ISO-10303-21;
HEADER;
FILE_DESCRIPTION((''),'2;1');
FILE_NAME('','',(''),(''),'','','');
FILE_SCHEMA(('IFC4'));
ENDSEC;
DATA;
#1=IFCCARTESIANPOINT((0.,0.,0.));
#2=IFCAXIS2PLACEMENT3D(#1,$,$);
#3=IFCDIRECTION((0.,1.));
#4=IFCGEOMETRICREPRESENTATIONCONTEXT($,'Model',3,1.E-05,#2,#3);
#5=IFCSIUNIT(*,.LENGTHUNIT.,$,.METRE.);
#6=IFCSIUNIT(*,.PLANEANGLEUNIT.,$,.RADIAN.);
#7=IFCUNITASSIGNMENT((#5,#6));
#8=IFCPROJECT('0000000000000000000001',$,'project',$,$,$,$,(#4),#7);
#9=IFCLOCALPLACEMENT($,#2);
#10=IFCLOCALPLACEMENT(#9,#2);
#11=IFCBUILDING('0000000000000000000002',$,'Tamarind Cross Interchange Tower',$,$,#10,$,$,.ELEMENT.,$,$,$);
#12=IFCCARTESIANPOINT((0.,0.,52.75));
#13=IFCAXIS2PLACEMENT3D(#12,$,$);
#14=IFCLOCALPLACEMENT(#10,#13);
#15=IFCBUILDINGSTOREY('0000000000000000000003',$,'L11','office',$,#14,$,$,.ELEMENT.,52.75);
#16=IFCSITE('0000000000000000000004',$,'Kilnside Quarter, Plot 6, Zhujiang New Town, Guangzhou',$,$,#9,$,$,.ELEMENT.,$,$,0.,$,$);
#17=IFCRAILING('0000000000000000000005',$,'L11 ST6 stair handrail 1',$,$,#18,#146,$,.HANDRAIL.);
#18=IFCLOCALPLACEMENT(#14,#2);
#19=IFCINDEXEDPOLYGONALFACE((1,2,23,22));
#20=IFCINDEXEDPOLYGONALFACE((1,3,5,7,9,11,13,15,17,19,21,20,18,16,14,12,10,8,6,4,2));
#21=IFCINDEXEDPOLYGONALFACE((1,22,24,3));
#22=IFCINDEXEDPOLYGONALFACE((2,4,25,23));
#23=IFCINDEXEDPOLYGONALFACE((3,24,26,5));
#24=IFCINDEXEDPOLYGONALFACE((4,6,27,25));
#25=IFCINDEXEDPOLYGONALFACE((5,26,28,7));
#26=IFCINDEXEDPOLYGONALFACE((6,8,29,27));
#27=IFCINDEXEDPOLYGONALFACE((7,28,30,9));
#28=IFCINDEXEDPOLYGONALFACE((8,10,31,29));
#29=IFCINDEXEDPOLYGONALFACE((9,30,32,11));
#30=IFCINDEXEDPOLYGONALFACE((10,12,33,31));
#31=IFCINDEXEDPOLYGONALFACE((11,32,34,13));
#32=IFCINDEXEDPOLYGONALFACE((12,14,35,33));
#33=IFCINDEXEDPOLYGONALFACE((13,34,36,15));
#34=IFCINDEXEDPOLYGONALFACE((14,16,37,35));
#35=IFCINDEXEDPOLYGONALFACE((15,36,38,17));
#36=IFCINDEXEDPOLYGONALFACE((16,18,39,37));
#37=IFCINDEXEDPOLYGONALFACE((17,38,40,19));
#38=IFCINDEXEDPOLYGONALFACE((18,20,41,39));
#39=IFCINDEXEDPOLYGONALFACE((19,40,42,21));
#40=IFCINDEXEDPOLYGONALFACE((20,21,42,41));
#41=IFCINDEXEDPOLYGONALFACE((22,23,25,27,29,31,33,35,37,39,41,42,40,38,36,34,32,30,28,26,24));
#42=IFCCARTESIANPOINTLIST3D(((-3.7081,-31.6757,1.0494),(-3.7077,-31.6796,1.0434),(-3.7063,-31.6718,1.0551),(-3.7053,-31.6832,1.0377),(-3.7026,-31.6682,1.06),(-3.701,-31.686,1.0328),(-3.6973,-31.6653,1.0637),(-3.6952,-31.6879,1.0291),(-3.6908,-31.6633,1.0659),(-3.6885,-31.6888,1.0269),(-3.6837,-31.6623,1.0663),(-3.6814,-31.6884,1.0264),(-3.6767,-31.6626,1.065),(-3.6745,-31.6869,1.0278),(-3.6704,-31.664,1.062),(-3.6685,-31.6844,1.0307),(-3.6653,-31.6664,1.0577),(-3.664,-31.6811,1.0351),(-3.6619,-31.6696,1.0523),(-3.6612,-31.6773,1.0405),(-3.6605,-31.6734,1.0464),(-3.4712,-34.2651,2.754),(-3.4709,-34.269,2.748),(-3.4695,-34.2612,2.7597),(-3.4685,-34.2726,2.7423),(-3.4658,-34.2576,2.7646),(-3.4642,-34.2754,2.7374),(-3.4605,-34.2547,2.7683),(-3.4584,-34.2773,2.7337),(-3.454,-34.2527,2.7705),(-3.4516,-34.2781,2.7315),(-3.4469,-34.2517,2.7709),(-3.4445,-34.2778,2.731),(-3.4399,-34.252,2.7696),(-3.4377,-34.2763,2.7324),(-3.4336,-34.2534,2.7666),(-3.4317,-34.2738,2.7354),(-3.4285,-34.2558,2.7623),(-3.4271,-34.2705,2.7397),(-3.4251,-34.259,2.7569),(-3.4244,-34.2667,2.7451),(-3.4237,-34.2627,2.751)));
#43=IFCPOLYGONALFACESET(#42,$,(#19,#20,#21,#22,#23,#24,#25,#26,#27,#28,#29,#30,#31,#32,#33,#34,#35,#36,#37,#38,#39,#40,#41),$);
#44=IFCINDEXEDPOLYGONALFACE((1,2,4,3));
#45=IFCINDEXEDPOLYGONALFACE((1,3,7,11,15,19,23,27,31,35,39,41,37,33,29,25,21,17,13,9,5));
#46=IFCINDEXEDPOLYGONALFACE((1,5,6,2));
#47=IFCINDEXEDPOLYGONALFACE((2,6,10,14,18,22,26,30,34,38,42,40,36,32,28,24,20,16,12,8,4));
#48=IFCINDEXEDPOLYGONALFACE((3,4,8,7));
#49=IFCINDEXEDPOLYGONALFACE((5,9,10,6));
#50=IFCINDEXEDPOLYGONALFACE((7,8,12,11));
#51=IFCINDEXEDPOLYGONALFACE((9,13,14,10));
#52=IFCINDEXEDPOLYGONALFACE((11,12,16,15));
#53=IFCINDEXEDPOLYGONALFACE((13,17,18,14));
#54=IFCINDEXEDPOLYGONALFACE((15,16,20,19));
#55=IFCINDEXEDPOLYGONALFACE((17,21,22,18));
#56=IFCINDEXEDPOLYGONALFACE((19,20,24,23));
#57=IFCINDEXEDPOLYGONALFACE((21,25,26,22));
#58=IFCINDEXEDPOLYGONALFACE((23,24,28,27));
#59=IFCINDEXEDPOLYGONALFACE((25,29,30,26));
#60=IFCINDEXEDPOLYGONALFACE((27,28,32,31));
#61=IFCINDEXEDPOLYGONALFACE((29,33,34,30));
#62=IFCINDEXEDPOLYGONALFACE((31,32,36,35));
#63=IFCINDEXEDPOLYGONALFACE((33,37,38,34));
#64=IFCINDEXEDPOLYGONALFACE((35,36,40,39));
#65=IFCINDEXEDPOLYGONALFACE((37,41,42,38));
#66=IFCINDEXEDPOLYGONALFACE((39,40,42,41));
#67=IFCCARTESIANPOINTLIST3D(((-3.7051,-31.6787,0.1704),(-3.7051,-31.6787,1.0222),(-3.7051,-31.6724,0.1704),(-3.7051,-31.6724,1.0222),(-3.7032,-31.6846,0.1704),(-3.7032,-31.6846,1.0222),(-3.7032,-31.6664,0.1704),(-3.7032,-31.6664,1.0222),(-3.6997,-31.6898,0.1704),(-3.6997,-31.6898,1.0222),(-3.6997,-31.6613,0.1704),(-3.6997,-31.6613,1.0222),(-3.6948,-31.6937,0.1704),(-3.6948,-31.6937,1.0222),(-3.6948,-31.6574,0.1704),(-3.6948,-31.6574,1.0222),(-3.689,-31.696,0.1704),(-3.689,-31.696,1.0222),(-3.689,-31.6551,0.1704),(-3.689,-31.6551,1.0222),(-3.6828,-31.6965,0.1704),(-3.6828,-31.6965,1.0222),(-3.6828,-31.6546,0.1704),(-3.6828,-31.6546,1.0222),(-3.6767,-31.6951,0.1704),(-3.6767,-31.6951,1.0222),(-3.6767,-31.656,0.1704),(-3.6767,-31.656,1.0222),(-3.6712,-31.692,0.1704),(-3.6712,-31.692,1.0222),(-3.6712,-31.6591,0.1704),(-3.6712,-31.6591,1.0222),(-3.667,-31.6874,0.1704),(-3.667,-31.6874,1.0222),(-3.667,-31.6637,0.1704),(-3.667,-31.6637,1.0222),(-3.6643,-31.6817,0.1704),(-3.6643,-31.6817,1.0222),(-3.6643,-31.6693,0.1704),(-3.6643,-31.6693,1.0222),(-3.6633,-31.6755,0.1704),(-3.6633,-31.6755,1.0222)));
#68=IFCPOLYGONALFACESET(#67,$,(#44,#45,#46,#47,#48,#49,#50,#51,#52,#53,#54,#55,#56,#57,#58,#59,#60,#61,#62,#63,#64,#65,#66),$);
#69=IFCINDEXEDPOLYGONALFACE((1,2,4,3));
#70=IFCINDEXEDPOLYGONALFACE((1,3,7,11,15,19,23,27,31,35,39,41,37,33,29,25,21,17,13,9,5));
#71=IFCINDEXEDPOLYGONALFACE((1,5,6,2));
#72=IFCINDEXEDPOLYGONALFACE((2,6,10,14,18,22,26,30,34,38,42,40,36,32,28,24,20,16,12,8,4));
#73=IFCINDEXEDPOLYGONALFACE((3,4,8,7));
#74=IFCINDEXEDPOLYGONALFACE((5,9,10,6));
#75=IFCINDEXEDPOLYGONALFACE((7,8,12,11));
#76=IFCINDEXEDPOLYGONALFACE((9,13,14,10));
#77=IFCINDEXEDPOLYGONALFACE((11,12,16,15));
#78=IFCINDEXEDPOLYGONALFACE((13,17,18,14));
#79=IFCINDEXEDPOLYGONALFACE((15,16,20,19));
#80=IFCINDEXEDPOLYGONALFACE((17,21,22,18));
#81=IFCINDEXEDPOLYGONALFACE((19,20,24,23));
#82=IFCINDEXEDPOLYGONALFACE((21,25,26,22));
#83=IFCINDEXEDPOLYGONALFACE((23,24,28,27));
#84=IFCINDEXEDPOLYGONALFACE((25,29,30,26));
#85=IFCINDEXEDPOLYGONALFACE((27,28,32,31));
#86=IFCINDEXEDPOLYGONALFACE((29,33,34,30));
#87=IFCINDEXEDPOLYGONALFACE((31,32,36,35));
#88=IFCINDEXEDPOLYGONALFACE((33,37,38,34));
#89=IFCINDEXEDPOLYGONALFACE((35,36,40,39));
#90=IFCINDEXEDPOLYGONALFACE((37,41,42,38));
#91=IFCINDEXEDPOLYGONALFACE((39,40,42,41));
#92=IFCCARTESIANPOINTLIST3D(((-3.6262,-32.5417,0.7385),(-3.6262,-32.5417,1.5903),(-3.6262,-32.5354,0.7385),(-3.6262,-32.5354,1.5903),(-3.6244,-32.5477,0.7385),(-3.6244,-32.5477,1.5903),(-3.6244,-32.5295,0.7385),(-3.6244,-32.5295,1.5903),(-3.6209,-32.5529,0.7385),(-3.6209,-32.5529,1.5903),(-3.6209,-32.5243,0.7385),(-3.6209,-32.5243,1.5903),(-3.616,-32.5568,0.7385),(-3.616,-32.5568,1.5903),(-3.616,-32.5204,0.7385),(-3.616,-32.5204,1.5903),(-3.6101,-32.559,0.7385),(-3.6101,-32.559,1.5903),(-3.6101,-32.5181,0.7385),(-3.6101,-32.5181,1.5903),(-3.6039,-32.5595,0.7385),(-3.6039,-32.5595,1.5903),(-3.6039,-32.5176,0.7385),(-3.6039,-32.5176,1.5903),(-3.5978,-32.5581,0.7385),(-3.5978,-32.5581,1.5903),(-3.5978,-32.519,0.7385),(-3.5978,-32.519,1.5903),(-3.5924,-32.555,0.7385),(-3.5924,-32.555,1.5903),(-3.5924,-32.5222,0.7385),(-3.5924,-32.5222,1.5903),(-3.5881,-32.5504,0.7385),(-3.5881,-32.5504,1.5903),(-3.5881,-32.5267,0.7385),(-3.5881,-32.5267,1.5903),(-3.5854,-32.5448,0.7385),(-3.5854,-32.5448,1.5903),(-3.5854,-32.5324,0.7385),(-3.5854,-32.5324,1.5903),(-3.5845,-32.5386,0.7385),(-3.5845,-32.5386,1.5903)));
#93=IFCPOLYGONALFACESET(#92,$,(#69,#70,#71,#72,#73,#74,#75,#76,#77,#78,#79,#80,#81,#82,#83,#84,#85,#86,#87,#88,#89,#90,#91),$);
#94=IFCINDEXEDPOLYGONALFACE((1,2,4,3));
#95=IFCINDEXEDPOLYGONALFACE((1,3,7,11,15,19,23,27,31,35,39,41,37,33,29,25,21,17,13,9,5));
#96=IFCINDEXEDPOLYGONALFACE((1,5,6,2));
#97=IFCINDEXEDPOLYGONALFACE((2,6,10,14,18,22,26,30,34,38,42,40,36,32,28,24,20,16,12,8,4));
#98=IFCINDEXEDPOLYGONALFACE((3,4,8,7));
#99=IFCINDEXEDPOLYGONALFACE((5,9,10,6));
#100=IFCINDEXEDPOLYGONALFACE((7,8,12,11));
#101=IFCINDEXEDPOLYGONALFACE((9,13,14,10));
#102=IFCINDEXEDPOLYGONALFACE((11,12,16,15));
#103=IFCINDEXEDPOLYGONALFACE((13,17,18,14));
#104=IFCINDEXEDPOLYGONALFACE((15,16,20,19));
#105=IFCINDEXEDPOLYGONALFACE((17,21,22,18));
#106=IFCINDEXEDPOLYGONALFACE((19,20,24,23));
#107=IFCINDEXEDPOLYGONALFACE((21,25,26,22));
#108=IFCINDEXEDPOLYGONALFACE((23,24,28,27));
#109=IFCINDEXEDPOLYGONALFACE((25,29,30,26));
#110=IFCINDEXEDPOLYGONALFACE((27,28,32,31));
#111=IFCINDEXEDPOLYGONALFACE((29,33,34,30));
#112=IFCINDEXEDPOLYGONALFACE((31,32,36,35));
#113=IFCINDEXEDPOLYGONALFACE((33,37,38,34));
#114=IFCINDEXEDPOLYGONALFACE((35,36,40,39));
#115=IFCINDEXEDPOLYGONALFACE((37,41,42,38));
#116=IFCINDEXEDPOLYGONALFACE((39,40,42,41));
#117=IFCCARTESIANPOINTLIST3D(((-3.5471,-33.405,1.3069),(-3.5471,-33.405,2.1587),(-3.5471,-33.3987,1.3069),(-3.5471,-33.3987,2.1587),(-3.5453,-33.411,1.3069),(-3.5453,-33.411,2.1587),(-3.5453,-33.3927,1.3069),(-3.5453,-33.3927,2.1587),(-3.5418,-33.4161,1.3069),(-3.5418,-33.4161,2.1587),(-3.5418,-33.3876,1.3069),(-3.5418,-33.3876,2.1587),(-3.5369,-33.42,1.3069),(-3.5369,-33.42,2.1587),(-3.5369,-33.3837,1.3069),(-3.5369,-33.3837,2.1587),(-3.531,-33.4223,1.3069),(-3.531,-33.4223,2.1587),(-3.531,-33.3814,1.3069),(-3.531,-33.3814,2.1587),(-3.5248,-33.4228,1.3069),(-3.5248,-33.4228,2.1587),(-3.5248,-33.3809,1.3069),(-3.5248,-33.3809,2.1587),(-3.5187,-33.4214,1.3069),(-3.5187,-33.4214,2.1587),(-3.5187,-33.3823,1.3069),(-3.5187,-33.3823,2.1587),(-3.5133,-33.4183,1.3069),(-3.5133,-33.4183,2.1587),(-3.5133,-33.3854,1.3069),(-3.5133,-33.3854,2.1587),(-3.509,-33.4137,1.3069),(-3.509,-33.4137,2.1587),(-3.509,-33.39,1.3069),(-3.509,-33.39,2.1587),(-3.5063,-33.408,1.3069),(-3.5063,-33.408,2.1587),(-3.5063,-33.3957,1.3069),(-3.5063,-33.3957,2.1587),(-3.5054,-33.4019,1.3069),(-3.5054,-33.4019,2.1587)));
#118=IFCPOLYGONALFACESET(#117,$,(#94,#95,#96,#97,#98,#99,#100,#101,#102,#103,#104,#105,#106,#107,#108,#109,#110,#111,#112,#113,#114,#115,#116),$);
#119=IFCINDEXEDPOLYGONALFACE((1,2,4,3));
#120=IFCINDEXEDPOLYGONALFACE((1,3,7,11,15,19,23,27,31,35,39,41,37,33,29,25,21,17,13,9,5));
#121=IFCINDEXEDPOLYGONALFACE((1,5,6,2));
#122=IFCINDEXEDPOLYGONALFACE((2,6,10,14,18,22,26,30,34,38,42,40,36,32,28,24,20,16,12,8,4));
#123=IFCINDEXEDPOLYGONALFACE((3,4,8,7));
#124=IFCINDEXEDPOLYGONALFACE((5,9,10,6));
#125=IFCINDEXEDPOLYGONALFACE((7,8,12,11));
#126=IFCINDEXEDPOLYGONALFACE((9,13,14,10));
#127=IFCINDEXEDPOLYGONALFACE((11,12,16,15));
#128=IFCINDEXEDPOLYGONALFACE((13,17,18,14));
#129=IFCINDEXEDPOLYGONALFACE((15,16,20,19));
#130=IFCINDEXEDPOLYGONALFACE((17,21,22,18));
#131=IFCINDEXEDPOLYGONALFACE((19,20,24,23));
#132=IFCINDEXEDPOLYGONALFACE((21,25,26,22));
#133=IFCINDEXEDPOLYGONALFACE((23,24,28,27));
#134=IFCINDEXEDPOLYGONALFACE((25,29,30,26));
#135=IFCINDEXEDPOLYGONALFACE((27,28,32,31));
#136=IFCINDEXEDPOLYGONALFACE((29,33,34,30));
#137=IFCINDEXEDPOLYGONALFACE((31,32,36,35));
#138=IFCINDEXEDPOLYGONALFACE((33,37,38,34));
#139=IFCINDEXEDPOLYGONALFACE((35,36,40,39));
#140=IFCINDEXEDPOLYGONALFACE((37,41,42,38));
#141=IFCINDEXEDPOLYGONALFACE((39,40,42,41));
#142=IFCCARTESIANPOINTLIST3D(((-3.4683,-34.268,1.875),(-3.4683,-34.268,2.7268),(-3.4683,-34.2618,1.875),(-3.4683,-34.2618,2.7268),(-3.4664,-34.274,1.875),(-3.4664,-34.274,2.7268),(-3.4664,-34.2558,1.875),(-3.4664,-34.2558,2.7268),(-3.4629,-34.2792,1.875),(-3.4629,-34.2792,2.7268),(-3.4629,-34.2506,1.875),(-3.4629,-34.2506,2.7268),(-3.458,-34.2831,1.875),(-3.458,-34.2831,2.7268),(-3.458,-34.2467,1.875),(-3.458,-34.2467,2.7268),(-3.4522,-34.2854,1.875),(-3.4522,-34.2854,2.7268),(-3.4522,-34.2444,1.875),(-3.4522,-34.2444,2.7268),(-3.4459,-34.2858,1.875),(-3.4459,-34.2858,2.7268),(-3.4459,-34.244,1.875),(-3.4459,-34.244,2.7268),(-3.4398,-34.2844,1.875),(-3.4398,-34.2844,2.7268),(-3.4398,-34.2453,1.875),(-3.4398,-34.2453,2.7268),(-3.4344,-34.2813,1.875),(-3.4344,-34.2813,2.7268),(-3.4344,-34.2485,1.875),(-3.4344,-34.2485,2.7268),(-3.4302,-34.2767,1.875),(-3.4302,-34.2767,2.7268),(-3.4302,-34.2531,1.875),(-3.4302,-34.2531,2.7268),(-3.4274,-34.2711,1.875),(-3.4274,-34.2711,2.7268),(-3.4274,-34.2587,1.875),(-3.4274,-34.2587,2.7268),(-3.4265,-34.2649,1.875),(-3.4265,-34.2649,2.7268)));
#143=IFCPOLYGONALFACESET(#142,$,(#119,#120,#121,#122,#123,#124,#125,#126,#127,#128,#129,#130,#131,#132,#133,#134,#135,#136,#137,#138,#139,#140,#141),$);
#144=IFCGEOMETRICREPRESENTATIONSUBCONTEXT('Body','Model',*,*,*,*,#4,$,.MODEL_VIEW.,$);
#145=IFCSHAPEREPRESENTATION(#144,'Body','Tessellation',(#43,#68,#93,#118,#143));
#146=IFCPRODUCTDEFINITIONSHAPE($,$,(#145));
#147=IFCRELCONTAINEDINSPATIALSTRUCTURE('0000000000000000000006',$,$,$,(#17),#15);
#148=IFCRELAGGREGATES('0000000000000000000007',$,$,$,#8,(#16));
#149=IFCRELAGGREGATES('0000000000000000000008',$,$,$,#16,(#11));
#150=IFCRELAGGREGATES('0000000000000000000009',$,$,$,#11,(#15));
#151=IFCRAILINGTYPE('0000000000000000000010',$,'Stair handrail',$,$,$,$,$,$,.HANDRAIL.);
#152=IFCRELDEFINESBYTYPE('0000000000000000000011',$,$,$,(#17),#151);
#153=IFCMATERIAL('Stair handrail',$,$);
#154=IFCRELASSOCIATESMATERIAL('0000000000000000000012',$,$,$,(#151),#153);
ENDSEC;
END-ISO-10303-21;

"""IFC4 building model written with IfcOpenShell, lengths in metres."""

from ifc_helpers import new_model, si_unit, direction, frame, origin, origin_2d, place, context, subcontext, project, spatial, circle, extrude, material, type_object, element, save


model = new_model("IFC4")

# Units and contexts
model_context = context("Model", 3, precision=1e-05, world=origin(), true_north=direction((0.0, 1.0)))
body_context = subcontext(model_context, "Body", "Model", "MODEL_VIEW")
ifc_project = project(units=[si_unit("LENGTHUNIT", "METRE"), si_unit("PLANEANGLEUNIT", "RADIAN")], contexts=[model_context])

# Site, building, storey
site_placement = place(None, origin())
site = spatial("IfcSite", under=ifc_project, at=site_placement, Name="Kilnside Quarter, Plot 6, Zhujiang New Town, Guangzhou", CompositionType="ELEMENT", RefElevation=0.0)
building_placement = place(site_placement, origin())
building = spatial("IfcBuilding", under=site, at=building_placement, Name="Tamarind Cross Interchange Tower", CompositionType="ELEMENT")
storey_placement = place(building_placement, frame((0.0, 0.0, 52.75)))
storey = spatial("IfcBuildingStorey", under=building, at=storey_placement, Name="L11", Description="office", CompositionType="ELEMENT", Elevation=52.75)

# Railing
ifc_material_1 = material(Name="Stair handrail")
railing_type_1 = type_object("IfcRailingType", Name="Stair handrail", PredefinedType="HANDRAIL", material=ifc_material_1)
railing_1_placement = place(storey_placement, frame((-3.6843, -31.6755, 0.1704)))
element("IfcRailing", 1, at=railing_1_placement, inside=storey, type_object=railing_type_1, Name="L11 ST6 stair handrail 1", PredefinedType="HANDRAIL", context=body_context, shape_type="SweptSolid", body=[
    extrude(circle(Radius=0.0239, at=origin_2d()), frame((0.0, 0.0, 0.876), z_axis=(0.076169, -0.832833, 0.548259), x_axis=(0.995844, 0.091078, 0.0)), (0.0, 0.0, 1.0), 3.1091),
    extrude(circle(Radius=0.021, at=origin_2d()), origin(), (0.0, 0.0, 1.0), 0.8518),
    extrude(circle(Radius=0.021, at=origin_2d()), frame((0.0789, -0.863, 0.5681)), (0.0, 0.0, 1.0), 0.8518),
    extrude(circle(Radius=0.021, at=origin_2d()), frame((0.158, -1.7263, 1.1365)), (0.0, 0.0, 1.0), 0.8518),
    extrude(circle(Radius=0.021, at=origin_2d()), frame((0.2368, -2.5894, 1.7046)), (0.0, 0.0, 1.0), 0.8518),
])

save(model, "model.ifc")
